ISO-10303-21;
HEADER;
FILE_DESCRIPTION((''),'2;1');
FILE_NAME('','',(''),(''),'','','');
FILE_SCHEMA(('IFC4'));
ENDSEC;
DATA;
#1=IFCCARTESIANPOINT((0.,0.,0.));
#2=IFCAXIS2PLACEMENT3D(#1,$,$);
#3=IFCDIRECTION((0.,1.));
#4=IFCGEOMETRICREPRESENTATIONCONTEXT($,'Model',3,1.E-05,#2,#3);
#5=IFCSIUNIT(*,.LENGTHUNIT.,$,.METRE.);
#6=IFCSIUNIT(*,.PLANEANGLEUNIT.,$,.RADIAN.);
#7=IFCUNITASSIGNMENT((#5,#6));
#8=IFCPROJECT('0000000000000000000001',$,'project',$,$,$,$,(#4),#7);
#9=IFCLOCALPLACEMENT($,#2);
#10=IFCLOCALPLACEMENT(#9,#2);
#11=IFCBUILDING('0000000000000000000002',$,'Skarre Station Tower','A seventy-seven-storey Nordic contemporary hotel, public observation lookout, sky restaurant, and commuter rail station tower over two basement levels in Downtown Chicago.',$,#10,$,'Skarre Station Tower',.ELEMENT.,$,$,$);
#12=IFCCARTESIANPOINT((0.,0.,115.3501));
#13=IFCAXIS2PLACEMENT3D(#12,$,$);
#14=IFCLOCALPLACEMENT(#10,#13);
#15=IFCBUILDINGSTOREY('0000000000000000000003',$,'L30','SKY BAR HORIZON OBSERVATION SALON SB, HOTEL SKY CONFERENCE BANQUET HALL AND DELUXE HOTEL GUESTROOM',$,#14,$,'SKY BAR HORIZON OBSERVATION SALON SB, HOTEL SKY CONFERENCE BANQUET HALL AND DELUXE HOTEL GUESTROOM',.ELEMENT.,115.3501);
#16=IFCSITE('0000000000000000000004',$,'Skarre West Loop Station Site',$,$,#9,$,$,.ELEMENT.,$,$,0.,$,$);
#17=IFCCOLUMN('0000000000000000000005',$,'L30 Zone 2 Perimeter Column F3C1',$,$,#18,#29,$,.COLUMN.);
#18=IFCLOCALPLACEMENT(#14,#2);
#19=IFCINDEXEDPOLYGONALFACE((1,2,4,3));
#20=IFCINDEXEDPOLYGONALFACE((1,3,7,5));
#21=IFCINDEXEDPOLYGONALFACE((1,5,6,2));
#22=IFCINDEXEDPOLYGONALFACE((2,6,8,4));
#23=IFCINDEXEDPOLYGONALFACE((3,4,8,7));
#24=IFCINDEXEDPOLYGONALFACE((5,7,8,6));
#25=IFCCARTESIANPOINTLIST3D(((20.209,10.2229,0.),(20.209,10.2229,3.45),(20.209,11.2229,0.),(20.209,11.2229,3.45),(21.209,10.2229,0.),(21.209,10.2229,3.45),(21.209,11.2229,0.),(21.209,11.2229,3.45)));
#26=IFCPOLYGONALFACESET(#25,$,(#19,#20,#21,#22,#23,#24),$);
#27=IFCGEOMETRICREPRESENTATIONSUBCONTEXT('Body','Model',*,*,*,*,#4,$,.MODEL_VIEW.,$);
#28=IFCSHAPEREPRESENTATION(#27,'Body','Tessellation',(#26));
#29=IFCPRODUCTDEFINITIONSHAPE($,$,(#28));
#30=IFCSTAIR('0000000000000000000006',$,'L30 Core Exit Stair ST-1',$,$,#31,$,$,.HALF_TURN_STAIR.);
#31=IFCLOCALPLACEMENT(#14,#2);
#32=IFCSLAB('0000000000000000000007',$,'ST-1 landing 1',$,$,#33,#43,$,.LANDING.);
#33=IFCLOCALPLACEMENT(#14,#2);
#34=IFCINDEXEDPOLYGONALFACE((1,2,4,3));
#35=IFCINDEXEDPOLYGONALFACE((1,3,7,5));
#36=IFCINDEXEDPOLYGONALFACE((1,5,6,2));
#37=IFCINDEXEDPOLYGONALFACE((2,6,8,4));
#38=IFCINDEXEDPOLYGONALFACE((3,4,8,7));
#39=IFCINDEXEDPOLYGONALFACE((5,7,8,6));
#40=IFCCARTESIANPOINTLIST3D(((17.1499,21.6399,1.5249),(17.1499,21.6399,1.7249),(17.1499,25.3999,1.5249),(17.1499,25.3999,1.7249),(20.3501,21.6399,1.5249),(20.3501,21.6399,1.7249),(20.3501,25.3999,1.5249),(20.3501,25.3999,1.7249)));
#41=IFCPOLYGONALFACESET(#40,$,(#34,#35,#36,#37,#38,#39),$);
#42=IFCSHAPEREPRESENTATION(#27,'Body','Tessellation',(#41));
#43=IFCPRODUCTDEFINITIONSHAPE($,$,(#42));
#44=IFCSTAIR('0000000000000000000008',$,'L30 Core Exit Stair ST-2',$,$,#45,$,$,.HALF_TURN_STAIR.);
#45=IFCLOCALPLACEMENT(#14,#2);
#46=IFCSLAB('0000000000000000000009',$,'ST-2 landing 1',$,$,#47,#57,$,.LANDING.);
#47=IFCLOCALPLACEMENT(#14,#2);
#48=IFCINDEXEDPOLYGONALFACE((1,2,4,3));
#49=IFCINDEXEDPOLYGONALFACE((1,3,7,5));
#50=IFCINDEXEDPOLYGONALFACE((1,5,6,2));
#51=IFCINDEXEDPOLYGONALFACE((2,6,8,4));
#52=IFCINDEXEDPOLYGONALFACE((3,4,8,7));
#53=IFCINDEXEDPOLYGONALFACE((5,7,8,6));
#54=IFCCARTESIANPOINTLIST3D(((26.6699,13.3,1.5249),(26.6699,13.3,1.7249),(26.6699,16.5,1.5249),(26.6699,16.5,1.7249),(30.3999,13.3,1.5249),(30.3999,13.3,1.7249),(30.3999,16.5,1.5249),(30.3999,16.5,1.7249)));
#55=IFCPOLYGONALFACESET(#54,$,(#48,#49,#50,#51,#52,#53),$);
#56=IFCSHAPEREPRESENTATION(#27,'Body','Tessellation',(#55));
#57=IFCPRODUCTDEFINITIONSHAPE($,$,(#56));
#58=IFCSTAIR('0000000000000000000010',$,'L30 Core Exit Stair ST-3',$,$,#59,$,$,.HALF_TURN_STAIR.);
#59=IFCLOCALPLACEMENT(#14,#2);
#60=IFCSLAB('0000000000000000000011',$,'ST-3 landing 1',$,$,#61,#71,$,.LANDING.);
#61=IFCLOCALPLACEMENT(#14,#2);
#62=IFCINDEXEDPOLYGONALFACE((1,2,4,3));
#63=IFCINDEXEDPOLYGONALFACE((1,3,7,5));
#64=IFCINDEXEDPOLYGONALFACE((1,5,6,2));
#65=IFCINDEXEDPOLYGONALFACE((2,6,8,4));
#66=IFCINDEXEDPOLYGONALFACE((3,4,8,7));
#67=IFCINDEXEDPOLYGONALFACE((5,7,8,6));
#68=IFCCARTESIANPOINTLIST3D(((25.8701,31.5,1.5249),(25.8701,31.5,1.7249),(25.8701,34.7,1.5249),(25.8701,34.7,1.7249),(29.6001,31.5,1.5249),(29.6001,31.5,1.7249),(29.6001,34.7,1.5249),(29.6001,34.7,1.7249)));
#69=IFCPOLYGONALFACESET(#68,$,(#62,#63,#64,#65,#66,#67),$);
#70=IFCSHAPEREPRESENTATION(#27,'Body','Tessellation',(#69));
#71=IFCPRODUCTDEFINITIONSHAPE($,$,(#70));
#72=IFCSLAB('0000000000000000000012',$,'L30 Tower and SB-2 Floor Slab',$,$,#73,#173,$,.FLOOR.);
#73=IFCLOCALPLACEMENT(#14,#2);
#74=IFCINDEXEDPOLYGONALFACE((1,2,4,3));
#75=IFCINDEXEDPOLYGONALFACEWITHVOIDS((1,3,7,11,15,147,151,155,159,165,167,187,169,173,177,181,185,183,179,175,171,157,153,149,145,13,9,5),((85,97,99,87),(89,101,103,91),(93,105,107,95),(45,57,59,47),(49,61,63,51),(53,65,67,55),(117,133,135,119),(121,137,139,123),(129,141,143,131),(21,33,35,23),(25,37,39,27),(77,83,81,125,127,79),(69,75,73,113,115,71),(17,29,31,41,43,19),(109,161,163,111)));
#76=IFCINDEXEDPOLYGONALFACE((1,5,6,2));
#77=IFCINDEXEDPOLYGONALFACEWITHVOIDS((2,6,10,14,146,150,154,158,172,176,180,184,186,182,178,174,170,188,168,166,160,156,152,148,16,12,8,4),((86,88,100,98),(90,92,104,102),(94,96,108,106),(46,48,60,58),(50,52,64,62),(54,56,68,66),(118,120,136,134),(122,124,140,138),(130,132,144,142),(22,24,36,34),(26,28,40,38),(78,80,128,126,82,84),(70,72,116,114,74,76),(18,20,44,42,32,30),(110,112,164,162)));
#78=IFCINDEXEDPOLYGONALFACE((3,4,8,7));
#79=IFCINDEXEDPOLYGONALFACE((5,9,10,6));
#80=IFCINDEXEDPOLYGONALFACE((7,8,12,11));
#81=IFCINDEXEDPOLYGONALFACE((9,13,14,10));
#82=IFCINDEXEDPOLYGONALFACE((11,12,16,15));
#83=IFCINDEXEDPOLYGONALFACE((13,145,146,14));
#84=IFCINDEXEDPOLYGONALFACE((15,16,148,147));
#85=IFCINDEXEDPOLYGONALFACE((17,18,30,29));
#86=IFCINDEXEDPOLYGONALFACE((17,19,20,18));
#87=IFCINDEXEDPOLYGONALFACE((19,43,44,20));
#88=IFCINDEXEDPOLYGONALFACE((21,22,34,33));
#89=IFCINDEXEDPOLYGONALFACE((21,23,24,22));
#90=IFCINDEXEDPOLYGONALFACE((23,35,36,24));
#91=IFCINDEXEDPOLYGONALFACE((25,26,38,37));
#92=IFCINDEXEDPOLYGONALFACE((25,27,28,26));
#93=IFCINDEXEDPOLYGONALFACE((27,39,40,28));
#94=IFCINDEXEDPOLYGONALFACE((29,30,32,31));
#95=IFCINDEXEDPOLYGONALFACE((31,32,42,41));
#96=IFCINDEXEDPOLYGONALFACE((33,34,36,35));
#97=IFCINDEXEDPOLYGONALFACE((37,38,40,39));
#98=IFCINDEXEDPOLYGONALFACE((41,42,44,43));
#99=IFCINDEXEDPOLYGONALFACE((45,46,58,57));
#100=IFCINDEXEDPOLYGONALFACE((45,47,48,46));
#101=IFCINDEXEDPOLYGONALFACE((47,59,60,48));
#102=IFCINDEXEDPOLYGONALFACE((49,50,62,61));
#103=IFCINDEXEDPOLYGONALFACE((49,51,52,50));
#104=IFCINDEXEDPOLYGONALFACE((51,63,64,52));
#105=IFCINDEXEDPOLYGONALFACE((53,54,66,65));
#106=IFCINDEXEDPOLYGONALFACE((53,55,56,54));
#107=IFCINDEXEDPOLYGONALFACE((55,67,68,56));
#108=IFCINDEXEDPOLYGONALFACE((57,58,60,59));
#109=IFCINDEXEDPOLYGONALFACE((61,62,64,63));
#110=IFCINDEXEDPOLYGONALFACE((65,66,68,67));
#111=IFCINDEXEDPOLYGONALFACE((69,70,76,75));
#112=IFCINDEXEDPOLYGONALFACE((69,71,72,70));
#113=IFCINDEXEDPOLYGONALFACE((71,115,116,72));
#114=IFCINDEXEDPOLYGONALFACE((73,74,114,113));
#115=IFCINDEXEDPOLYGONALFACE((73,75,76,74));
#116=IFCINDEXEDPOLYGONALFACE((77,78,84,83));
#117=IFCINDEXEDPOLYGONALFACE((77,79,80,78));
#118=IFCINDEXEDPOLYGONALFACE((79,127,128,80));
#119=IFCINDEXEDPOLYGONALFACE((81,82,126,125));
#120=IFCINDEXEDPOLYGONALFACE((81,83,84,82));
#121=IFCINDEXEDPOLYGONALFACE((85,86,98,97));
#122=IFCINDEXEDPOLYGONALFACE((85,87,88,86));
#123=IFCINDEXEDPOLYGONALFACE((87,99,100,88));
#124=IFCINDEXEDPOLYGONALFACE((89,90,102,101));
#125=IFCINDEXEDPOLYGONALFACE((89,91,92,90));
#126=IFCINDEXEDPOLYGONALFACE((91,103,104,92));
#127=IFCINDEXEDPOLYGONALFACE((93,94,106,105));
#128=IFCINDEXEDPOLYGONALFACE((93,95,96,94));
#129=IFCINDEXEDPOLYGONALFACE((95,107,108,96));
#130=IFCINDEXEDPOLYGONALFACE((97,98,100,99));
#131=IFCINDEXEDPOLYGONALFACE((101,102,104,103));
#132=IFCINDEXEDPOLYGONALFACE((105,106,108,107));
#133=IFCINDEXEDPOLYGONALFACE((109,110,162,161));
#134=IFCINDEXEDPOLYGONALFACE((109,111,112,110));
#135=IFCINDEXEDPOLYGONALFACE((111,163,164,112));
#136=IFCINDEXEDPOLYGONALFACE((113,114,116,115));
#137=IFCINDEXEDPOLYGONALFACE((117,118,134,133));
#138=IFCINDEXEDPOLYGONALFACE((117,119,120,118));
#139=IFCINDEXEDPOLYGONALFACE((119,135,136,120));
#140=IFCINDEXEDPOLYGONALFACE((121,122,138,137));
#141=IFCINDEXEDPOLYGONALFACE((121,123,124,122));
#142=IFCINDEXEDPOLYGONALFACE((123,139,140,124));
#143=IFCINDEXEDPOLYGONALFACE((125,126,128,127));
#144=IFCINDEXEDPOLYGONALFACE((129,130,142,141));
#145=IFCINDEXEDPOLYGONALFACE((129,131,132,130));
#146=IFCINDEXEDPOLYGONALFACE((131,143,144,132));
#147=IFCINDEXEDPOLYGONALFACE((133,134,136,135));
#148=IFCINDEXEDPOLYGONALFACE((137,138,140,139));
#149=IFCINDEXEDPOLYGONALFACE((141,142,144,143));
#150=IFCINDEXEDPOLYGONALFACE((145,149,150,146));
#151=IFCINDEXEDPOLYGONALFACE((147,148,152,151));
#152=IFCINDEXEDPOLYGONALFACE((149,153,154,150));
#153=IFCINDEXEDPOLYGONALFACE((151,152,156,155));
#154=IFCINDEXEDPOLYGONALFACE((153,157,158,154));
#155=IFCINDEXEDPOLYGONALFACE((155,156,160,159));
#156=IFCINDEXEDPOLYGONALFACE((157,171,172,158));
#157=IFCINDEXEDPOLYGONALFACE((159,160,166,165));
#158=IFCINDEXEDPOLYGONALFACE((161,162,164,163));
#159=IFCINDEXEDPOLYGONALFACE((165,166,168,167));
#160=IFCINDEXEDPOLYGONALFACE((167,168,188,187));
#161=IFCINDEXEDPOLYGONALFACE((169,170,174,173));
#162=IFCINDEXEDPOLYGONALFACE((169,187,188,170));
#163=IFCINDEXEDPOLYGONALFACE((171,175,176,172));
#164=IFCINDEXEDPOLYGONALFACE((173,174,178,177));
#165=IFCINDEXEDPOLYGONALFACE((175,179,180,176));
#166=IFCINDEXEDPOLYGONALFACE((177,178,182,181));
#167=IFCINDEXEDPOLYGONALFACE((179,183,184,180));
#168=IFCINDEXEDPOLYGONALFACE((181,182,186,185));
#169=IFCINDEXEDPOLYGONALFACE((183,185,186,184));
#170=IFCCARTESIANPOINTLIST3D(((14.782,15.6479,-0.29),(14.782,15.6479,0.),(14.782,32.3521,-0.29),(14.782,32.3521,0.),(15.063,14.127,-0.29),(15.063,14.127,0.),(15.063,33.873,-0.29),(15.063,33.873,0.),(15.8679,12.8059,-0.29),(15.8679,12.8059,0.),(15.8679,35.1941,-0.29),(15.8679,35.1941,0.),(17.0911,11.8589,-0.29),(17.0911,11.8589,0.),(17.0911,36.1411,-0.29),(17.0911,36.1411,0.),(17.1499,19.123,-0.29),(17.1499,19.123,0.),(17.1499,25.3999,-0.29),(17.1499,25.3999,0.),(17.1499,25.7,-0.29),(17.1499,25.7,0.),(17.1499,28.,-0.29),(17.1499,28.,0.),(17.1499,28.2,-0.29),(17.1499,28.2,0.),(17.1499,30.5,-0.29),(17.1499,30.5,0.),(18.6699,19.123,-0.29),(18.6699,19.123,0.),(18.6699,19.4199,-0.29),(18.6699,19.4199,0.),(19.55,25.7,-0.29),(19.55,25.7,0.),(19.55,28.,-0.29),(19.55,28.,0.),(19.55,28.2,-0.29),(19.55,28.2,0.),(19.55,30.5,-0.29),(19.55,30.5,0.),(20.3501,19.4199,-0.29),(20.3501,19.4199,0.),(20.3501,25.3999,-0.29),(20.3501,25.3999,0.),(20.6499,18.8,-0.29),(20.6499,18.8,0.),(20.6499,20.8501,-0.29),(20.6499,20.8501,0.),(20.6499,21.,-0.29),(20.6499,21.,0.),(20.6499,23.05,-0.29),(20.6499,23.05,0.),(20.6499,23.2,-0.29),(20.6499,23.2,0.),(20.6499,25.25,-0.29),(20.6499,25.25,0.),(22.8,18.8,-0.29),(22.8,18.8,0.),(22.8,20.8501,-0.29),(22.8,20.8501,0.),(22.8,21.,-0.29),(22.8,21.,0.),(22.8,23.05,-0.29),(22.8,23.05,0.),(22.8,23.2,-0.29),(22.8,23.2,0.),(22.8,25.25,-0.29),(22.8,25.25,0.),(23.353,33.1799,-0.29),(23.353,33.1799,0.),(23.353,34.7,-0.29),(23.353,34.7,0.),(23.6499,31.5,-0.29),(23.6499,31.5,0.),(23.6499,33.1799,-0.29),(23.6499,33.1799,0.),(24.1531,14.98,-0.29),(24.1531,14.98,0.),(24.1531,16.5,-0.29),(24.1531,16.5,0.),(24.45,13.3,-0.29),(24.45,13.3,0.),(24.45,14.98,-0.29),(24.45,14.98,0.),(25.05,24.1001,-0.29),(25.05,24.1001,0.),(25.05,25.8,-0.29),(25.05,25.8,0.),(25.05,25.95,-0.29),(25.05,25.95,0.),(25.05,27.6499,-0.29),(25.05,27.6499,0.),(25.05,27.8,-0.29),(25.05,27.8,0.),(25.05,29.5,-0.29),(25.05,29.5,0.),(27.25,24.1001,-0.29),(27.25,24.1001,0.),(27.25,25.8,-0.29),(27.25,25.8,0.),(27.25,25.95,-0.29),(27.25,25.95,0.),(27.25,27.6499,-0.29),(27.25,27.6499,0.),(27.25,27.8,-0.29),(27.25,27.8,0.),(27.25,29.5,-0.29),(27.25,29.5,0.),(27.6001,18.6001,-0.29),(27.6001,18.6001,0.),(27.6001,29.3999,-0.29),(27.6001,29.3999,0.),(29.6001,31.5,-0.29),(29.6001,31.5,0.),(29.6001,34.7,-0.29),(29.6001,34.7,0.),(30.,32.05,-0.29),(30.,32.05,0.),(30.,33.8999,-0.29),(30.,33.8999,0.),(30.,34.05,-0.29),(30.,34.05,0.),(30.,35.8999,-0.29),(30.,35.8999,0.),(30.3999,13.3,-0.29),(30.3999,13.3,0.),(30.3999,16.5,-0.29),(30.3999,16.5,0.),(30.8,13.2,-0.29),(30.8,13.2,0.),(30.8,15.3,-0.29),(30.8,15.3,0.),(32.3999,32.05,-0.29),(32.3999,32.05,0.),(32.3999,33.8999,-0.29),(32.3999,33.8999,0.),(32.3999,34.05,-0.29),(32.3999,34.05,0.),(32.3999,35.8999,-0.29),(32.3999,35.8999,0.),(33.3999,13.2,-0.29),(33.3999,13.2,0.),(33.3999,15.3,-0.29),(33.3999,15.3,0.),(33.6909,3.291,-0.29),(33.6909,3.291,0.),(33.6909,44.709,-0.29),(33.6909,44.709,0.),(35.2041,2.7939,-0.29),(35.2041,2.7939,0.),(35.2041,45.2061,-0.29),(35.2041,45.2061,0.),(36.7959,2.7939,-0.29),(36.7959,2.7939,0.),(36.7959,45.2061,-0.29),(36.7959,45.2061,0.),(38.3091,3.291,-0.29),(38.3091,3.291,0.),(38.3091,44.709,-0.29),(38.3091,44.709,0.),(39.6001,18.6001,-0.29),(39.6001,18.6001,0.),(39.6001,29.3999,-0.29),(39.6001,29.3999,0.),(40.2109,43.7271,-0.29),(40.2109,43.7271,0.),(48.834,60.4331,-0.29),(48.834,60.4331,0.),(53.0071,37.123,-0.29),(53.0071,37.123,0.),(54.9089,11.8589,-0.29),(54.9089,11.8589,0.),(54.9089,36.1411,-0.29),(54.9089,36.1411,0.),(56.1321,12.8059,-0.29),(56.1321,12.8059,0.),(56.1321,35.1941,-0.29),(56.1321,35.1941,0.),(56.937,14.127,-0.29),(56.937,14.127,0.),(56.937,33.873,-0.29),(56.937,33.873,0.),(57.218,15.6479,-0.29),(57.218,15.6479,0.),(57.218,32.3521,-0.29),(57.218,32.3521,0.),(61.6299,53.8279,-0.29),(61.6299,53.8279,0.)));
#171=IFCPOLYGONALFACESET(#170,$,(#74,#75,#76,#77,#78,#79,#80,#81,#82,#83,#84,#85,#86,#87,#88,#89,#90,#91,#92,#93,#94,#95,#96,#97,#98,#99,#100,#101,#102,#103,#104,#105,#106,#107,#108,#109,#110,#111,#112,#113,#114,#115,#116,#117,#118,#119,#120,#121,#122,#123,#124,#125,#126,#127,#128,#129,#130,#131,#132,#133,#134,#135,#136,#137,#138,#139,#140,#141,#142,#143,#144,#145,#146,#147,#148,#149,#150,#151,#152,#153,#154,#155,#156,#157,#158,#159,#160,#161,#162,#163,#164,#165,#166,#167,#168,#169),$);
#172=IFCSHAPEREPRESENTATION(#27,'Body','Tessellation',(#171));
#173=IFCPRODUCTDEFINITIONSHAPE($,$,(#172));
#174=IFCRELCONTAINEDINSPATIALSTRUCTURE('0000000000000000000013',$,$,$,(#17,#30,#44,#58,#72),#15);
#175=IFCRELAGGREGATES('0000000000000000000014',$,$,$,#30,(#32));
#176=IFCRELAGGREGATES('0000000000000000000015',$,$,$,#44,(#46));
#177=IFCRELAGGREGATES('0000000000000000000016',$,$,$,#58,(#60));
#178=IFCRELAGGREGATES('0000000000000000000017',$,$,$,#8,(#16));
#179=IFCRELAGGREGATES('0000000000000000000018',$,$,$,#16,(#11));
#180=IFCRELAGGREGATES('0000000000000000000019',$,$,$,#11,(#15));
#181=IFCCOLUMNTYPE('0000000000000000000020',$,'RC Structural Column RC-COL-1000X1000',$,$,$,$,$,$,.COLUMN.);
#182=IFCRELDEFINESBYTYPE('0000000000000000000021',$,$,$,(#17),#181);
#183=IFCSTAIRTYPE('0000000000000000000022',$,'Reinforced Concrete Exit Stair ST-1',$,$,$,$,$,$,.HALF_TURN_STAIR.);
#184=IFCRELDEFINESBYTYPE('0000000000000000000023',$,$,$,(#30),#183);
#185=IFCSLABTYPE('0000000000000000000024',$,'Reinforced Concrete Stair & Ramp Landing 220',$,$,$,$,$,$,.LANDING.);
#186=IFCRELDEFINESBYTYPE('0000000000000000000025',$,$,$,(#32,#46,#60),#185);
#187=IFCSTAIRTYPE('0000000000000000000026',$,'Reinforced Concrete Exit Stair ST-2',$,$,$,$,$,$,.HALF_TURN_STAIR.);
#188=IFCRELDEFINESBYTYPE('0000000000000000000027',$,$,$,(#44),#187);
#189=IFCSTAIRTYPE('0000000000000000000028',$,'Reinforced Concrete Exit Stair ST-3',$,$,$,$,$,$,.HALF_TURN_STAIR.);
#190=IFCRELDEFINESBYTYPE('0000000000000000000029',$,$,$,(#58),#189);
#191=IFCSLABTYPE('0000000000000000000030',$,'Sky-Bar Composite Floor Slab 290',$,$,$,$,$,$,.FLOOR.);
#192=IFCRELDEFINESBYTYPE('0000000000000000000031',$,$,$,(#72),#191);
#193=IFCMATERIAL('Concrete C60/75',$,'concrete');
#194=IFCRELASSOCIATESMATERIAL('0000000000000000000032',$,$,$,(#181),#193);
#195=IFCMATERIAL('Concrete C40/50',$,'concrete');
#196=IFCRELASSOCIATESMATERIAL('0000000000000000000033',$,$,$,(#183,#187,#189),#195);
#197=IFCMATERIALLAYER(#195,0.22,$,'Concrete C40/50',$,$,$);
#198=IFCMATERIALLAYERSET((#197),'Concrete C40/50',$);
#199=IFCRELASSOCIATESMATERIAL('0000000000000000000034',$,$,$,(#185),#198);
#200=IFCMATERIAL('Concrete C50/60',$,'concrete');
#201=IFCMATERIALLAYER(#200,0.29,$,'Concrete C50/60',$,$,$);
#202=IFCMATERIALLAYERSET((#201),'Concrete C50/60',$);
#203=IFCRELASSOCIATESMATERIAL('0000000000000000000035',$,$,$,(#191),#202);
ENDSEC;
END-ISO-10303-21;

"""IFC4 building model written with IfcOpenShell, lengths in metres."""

from ifc_helpers import new_model, si_unit, direction, frame, origin, origin_2d, place, context, subcontext, project, spatial, polyline, rectangle, outline, extrude, material, layer, layer_set, material_profile, profile_set, type_object, element, aggregate, save


model = new_model("IFC4")

# Units and contexts
model_context = context("Model", 3, precision=1e-05, world=origin(), true_north=direction((0.0, 1.0)))
body_context = subcontext(model_context, "Body", "Model", "MODEL_VIEW")
ifc_project = project(units=[si_unit("LENGTHUNIT", "METRE"), si_unit("PLANEANGLEUNIT", "RADIAN")], contexts=[model_context])

# Site, building, storey
site_placement = place(None, origin())
site = spatial("IfcSite", under=ifc_project, at=site_placement, Name="Skarre West Loop Station Site", CompositionType="ELEMENT", RefElevation=0.0)
building_placement = place(site_placement, origin())
building = spatial("IfcBuilding", under=site, at=building_placement, Name="Skarre Station Tower", Description="A seventy-seven-storey Nordic contemporary hotel, public observation lookout, sky restaurant, and commuter rail station tower over two basement levels in Downtown Chicago.", LongName="Skarre Station Tower", CompositionType="ELEMENT")
storey_placement = place(building_placement, frame((0.0, 0.0, 115.3501)))
storey = spatial("IfcBuildingStorey", under=building, at=storey_placement, Name="L30", Description="SKY BAR HORIZON OBSERVATION SALON SB, HOTEL SKY CONFERENCE BANQUET HALL AND DELUXE HOTEL GUESTROOM", LongName="SKY BAR HORIZON OBSERVATION SALON SB, HOTEL SKY CONFERENCE BANQUET HALL AND DELUXE HOTEL GUESTROOM", CompositionType="ELEMENT", Elevation=115.3501)

# Column
ifc_material_1 = material(Name="Concrete C60/75", Category="concrete")
ifc_material_profile = material_profile(ifc_material_1, rectangle(XDim=1.0, YDim=1.0, at=origin_2d()), Name="Concrete C60/75")
ifc_profile_set = profile_set([ifc_material_profile], Name="Concrete C60/75")
column_type = type_object("IfcColumnType", Name="RC Structural Column RC-COL-1000X1000", PredefinedType="COLUMN", material=ifc_profile_set)
column_placement = place(storey_placement, frame((20.709, 10.7229, 0.0), z_axis=(0.0, 0.0, 1.0), x_axis=(1.0, 0.0, 0.0)))
element("IfcColumn", 1, at=column_placement, inside=storey, type_object=column_type, Name="L30 Zone 2 Perimeter Column F3C1", PredefinedType="COLUMN", context=body_context, shape_type="SweptSolid", body=[
    extrude(rectangle(XDim=1.0, YDim=1.0, at=origin_2d()), origin(), (0.0, 0.0, 1.0), 3.45),
])

# Stairs, slabs
ifc_material_2 = material(Name="Concrete C40/50", Category="concrete")
stair_type_1 = type_object("IfcStairType", Name="Reinforced Concrete Exit Stair ST-1", PredefinedType="HALF_TURN_STAIR", material=ifc_material_2)
stair_1_placement = place(storey_placement, origin())
stair_1 = element("IfcStair", 2, at=stair_1_placement, inside=storey, type_object=stair_type_1, Name="L30 Core Exit Stair ST-1", PredefinedType="HALF_TURN_STAIR")
ifc_layer_1 = layer(ifc_material_2, 0.22, Name="Concrete C40/50")
ifc_layer_set_1 = layer_set([ifc_layer_1], Name="Concrete C40/50")
slab_type_1 = type_object("IfcSlabType", Name="Reinforced Concrete Stair & Ramp Landing 220", PredefinedType="LANDING", material=ifc_layer_set_1)
slab_1_placement = place(storey_placement, frame((0.0, 0.0, 1.5249)))
slab_1 = element("IfcSlab", 3, at=slab_1_placement, type_object=slab_type_1, Name="ST-1 landing 1", PredefinedType="LANDING", context=body_context, shape_type="SweptSolid", body=[
    extrude(outline(polyline([(20.3501, 21.6399), (20.3501, 25.3999), (17.1499, 25.3999), (17.1499, 21.6399), (20.3501, 21.6399)])), origin(), (0.0, 0.0, 1.0), 0.2),
])
aggregate(stair_1, [slab_1])
stair_type_2 = type_object("IfcStairType", Name="Reinforced Concrete Exit Stair ST-2", PredefinedType="HALF_TURN_STAIR", material=ifc_material_2)
stair_2_placement = place(storey_placement, origin())
stair_2 = element("IfcStair", 4, at=stair_2_placement, inside=storey, type_object=stair_type_2, Name="L30 Core Exit Stair ST-2", PredefinedType="HALF_TURN_STAIR")
slab_2_placement = place(storey_placement, frame((0.0, 0.0, 1.5249)))
slab_2 = element("IfcSlab", 5, at=slab_2_placement, type_object=slab_type_1, Name="ST-2 landing 1", PredefinedType="LANDING", context=body_context, shape_type="SweptSolid", body=[
    extrude(outline(polyline([(26.6699, 13.3), (30.3999, 13.3), (30.3999, 16.5), (26.6699, 16.5), (26.6699, 13.3)])), origin(), (0.0, 0.0, 1.0), 0.2),
])
aggregate(stair_2, [slab_2])
stair_type_3 = type_object("IfcStairType", Name="Reinforced Concrete Exit Stair ST-3", PredefinedType="HALF_TURN_STAIR", material=ifc_material_2)
stair_3_placement = place(storey_placement, origin())
stair_3 = element("IfcStair", 6, at=stair_3_placement, inside=storey, type_object=stair_type_3, Name="L30 Core Exit Stair ST-3", PredefinedType="HALF_TURN_STAIR")
slab_3_placement = place(storey_placement, frame((0.0, 0.0, 1.5249)))
slab_3 = element("IfcSlab", 7, at=slab_3_placement, type_object=slab_type_1, Name="ST-3 landing 1", PredefinedType="LANDING", context=body_context, shape_type="SweptSolid", body=[
    extrude(outline(polyline([(25.8701, 31.5), (29.6001, 31.5), (29.6001, 34.7), (25.8701, 34.7), (25.8701, 31.5)])), origin(), (0.0, 0.0, 1.0), 0.2),
])
aggregate(stair_3, [slab_3])

# Slab
ifc_material_3 = material(Name="Concrete C50/60", Category="concrete")
ifc_layer_2 = layer(ifc_material_3, 0.29, Name="Concrete C50/60")
ifc_layer_set_2 = layer_set([ifc_layer_2], Name="Concrete C50/60")
slab_type_2 = type_object("IfcSlabType", Name="Sky-Bar Composite Floor Slab 290", PredefinedType="FLOOR", material=ifc_layer_set_2)
slab_4_placement = place(storey_placement, frame((0.0, 0.0, -0.29)))
element("IfcSlab", 8, at=slab_4_placement, inside=storey, type_object=slab_type_2, Name="L30 Tower and SB-2 Floor Slab", PredefinedType="FLOOR", context=body_context, shape_type="SweptSolid", body=[
    extrude(outline(polyline([(53.0071, 37.123), (61.6299, 53.8279), (48.834, 60.4331), (40.2109, 43.7271), (38.3091, 44.709), (36.7959, 45.2061), (35.2041, 45.2061), (33.6909, 44.709), (17.0911, 36.1411), (15.8679, 35.1941), (15.063, 33.873), (14.782, 32.3521), (14.782, 15.6479), (15.063, 14.127), (15.8679, 12.8059), (17.0911, 11.8589), (33.6909, 3.291), (35.2041, 2.7939), (36.7959, 2.7939), (38.3091, 3.291), (54.9089, 11.8589), (56.1321, 12.8059), (56.937, 14.127), (57.218, 15.6479), (57.218, 32.3521), (56.937, 33.873), (56.1321, 35.1941), (54.9089, 36.1411), (53.0071, 37.123)]), holes=[polyline([(18.6699, 19.4199), (18.6699, 19.123), (17.1499, 19.123), (17.1499, 25.3999), (20.3501, 25.3999), (20.3501, 19.4199), (18.6699, 19.4199)]), polyline([(24.45, 14.98), (24.1531, 14.98), (24.1531, 16.5), (30.3999, 16.5), (30.3999, 13.3), (24.45, 13.3), (24.45, 14.98)]), polyline([(23.6499, 33.1799), (23.353, 33.1799), (23.353, 34.7), (29.6001, 34.7), (29.6001, 31.5), (23.6499, 31.5), (23.6499, 33.1799)]), polyline([(17.1499, 28.0), (19.55, 28.0), (19.55, 25.7), (17.1499, 25.7), (17.1499, 28.0)]), polyline([(17.1499, 30.5), (19.55, 30.5), (19.55, 28.2), (17.1499, 28.2), (17.1499, 30.5)]), polyline([(30.8, 15.3), (33.3999, 15.3), (33.3999, 13.2), (30.8, 13.2), (30.8, 15.3)]), polyline([(25.05, 25.8), (27.25, 25.8), (27.25, 24.1001), (25.05, 24.1001), (25.05, 25.8)]), polyline([(25.05, 27.6499), (27.25, 27.6499), (27.25, 25.95), (25.05, 25.95), (25.05, 27.6499)]), polyline([(25.05, 29.5), (27.25, 29.5), (27.25, 27.8), (25.05, 27.8), (25.05, 29.5)]), polyline([(20.6499, 20.8501), (22.8, 20.8501), (22.8, 18.8), (20.6499, 18.8), (20.6499, 20.8501)]), polyline([(20.6499, 23.05), (22.8, 23.05), (22.8, 21.0), (20.6499, 21.0), (20.6499, 23.05)]), polyline([(20.6499, 25.25), (22.8, 25.25), (22.8, 23.2), (20.6499, 23.2), (20.6499, 25.25)]), polyline([(30.0, 33.8999), (32.3999, 33.8999), (32.3999, 32.05), (30.0, 32.05), (30.0, 33.8999)]), polyline([(30.0, 35.8999), (32.3999, 35.8999), (32.3999, 34.05), (30.0, 34.05), (30.0, 35.8999)]), polyline([(27.6001, 29.3999), (39.6001, 29.3999), (39.6001, 18.6001), (27.6001, 18.6001), (27.6001, 29.3999)])]), origin(), (0.0, 0.0, 1.0), 0.29),
])

save(model, "model.ifc")
